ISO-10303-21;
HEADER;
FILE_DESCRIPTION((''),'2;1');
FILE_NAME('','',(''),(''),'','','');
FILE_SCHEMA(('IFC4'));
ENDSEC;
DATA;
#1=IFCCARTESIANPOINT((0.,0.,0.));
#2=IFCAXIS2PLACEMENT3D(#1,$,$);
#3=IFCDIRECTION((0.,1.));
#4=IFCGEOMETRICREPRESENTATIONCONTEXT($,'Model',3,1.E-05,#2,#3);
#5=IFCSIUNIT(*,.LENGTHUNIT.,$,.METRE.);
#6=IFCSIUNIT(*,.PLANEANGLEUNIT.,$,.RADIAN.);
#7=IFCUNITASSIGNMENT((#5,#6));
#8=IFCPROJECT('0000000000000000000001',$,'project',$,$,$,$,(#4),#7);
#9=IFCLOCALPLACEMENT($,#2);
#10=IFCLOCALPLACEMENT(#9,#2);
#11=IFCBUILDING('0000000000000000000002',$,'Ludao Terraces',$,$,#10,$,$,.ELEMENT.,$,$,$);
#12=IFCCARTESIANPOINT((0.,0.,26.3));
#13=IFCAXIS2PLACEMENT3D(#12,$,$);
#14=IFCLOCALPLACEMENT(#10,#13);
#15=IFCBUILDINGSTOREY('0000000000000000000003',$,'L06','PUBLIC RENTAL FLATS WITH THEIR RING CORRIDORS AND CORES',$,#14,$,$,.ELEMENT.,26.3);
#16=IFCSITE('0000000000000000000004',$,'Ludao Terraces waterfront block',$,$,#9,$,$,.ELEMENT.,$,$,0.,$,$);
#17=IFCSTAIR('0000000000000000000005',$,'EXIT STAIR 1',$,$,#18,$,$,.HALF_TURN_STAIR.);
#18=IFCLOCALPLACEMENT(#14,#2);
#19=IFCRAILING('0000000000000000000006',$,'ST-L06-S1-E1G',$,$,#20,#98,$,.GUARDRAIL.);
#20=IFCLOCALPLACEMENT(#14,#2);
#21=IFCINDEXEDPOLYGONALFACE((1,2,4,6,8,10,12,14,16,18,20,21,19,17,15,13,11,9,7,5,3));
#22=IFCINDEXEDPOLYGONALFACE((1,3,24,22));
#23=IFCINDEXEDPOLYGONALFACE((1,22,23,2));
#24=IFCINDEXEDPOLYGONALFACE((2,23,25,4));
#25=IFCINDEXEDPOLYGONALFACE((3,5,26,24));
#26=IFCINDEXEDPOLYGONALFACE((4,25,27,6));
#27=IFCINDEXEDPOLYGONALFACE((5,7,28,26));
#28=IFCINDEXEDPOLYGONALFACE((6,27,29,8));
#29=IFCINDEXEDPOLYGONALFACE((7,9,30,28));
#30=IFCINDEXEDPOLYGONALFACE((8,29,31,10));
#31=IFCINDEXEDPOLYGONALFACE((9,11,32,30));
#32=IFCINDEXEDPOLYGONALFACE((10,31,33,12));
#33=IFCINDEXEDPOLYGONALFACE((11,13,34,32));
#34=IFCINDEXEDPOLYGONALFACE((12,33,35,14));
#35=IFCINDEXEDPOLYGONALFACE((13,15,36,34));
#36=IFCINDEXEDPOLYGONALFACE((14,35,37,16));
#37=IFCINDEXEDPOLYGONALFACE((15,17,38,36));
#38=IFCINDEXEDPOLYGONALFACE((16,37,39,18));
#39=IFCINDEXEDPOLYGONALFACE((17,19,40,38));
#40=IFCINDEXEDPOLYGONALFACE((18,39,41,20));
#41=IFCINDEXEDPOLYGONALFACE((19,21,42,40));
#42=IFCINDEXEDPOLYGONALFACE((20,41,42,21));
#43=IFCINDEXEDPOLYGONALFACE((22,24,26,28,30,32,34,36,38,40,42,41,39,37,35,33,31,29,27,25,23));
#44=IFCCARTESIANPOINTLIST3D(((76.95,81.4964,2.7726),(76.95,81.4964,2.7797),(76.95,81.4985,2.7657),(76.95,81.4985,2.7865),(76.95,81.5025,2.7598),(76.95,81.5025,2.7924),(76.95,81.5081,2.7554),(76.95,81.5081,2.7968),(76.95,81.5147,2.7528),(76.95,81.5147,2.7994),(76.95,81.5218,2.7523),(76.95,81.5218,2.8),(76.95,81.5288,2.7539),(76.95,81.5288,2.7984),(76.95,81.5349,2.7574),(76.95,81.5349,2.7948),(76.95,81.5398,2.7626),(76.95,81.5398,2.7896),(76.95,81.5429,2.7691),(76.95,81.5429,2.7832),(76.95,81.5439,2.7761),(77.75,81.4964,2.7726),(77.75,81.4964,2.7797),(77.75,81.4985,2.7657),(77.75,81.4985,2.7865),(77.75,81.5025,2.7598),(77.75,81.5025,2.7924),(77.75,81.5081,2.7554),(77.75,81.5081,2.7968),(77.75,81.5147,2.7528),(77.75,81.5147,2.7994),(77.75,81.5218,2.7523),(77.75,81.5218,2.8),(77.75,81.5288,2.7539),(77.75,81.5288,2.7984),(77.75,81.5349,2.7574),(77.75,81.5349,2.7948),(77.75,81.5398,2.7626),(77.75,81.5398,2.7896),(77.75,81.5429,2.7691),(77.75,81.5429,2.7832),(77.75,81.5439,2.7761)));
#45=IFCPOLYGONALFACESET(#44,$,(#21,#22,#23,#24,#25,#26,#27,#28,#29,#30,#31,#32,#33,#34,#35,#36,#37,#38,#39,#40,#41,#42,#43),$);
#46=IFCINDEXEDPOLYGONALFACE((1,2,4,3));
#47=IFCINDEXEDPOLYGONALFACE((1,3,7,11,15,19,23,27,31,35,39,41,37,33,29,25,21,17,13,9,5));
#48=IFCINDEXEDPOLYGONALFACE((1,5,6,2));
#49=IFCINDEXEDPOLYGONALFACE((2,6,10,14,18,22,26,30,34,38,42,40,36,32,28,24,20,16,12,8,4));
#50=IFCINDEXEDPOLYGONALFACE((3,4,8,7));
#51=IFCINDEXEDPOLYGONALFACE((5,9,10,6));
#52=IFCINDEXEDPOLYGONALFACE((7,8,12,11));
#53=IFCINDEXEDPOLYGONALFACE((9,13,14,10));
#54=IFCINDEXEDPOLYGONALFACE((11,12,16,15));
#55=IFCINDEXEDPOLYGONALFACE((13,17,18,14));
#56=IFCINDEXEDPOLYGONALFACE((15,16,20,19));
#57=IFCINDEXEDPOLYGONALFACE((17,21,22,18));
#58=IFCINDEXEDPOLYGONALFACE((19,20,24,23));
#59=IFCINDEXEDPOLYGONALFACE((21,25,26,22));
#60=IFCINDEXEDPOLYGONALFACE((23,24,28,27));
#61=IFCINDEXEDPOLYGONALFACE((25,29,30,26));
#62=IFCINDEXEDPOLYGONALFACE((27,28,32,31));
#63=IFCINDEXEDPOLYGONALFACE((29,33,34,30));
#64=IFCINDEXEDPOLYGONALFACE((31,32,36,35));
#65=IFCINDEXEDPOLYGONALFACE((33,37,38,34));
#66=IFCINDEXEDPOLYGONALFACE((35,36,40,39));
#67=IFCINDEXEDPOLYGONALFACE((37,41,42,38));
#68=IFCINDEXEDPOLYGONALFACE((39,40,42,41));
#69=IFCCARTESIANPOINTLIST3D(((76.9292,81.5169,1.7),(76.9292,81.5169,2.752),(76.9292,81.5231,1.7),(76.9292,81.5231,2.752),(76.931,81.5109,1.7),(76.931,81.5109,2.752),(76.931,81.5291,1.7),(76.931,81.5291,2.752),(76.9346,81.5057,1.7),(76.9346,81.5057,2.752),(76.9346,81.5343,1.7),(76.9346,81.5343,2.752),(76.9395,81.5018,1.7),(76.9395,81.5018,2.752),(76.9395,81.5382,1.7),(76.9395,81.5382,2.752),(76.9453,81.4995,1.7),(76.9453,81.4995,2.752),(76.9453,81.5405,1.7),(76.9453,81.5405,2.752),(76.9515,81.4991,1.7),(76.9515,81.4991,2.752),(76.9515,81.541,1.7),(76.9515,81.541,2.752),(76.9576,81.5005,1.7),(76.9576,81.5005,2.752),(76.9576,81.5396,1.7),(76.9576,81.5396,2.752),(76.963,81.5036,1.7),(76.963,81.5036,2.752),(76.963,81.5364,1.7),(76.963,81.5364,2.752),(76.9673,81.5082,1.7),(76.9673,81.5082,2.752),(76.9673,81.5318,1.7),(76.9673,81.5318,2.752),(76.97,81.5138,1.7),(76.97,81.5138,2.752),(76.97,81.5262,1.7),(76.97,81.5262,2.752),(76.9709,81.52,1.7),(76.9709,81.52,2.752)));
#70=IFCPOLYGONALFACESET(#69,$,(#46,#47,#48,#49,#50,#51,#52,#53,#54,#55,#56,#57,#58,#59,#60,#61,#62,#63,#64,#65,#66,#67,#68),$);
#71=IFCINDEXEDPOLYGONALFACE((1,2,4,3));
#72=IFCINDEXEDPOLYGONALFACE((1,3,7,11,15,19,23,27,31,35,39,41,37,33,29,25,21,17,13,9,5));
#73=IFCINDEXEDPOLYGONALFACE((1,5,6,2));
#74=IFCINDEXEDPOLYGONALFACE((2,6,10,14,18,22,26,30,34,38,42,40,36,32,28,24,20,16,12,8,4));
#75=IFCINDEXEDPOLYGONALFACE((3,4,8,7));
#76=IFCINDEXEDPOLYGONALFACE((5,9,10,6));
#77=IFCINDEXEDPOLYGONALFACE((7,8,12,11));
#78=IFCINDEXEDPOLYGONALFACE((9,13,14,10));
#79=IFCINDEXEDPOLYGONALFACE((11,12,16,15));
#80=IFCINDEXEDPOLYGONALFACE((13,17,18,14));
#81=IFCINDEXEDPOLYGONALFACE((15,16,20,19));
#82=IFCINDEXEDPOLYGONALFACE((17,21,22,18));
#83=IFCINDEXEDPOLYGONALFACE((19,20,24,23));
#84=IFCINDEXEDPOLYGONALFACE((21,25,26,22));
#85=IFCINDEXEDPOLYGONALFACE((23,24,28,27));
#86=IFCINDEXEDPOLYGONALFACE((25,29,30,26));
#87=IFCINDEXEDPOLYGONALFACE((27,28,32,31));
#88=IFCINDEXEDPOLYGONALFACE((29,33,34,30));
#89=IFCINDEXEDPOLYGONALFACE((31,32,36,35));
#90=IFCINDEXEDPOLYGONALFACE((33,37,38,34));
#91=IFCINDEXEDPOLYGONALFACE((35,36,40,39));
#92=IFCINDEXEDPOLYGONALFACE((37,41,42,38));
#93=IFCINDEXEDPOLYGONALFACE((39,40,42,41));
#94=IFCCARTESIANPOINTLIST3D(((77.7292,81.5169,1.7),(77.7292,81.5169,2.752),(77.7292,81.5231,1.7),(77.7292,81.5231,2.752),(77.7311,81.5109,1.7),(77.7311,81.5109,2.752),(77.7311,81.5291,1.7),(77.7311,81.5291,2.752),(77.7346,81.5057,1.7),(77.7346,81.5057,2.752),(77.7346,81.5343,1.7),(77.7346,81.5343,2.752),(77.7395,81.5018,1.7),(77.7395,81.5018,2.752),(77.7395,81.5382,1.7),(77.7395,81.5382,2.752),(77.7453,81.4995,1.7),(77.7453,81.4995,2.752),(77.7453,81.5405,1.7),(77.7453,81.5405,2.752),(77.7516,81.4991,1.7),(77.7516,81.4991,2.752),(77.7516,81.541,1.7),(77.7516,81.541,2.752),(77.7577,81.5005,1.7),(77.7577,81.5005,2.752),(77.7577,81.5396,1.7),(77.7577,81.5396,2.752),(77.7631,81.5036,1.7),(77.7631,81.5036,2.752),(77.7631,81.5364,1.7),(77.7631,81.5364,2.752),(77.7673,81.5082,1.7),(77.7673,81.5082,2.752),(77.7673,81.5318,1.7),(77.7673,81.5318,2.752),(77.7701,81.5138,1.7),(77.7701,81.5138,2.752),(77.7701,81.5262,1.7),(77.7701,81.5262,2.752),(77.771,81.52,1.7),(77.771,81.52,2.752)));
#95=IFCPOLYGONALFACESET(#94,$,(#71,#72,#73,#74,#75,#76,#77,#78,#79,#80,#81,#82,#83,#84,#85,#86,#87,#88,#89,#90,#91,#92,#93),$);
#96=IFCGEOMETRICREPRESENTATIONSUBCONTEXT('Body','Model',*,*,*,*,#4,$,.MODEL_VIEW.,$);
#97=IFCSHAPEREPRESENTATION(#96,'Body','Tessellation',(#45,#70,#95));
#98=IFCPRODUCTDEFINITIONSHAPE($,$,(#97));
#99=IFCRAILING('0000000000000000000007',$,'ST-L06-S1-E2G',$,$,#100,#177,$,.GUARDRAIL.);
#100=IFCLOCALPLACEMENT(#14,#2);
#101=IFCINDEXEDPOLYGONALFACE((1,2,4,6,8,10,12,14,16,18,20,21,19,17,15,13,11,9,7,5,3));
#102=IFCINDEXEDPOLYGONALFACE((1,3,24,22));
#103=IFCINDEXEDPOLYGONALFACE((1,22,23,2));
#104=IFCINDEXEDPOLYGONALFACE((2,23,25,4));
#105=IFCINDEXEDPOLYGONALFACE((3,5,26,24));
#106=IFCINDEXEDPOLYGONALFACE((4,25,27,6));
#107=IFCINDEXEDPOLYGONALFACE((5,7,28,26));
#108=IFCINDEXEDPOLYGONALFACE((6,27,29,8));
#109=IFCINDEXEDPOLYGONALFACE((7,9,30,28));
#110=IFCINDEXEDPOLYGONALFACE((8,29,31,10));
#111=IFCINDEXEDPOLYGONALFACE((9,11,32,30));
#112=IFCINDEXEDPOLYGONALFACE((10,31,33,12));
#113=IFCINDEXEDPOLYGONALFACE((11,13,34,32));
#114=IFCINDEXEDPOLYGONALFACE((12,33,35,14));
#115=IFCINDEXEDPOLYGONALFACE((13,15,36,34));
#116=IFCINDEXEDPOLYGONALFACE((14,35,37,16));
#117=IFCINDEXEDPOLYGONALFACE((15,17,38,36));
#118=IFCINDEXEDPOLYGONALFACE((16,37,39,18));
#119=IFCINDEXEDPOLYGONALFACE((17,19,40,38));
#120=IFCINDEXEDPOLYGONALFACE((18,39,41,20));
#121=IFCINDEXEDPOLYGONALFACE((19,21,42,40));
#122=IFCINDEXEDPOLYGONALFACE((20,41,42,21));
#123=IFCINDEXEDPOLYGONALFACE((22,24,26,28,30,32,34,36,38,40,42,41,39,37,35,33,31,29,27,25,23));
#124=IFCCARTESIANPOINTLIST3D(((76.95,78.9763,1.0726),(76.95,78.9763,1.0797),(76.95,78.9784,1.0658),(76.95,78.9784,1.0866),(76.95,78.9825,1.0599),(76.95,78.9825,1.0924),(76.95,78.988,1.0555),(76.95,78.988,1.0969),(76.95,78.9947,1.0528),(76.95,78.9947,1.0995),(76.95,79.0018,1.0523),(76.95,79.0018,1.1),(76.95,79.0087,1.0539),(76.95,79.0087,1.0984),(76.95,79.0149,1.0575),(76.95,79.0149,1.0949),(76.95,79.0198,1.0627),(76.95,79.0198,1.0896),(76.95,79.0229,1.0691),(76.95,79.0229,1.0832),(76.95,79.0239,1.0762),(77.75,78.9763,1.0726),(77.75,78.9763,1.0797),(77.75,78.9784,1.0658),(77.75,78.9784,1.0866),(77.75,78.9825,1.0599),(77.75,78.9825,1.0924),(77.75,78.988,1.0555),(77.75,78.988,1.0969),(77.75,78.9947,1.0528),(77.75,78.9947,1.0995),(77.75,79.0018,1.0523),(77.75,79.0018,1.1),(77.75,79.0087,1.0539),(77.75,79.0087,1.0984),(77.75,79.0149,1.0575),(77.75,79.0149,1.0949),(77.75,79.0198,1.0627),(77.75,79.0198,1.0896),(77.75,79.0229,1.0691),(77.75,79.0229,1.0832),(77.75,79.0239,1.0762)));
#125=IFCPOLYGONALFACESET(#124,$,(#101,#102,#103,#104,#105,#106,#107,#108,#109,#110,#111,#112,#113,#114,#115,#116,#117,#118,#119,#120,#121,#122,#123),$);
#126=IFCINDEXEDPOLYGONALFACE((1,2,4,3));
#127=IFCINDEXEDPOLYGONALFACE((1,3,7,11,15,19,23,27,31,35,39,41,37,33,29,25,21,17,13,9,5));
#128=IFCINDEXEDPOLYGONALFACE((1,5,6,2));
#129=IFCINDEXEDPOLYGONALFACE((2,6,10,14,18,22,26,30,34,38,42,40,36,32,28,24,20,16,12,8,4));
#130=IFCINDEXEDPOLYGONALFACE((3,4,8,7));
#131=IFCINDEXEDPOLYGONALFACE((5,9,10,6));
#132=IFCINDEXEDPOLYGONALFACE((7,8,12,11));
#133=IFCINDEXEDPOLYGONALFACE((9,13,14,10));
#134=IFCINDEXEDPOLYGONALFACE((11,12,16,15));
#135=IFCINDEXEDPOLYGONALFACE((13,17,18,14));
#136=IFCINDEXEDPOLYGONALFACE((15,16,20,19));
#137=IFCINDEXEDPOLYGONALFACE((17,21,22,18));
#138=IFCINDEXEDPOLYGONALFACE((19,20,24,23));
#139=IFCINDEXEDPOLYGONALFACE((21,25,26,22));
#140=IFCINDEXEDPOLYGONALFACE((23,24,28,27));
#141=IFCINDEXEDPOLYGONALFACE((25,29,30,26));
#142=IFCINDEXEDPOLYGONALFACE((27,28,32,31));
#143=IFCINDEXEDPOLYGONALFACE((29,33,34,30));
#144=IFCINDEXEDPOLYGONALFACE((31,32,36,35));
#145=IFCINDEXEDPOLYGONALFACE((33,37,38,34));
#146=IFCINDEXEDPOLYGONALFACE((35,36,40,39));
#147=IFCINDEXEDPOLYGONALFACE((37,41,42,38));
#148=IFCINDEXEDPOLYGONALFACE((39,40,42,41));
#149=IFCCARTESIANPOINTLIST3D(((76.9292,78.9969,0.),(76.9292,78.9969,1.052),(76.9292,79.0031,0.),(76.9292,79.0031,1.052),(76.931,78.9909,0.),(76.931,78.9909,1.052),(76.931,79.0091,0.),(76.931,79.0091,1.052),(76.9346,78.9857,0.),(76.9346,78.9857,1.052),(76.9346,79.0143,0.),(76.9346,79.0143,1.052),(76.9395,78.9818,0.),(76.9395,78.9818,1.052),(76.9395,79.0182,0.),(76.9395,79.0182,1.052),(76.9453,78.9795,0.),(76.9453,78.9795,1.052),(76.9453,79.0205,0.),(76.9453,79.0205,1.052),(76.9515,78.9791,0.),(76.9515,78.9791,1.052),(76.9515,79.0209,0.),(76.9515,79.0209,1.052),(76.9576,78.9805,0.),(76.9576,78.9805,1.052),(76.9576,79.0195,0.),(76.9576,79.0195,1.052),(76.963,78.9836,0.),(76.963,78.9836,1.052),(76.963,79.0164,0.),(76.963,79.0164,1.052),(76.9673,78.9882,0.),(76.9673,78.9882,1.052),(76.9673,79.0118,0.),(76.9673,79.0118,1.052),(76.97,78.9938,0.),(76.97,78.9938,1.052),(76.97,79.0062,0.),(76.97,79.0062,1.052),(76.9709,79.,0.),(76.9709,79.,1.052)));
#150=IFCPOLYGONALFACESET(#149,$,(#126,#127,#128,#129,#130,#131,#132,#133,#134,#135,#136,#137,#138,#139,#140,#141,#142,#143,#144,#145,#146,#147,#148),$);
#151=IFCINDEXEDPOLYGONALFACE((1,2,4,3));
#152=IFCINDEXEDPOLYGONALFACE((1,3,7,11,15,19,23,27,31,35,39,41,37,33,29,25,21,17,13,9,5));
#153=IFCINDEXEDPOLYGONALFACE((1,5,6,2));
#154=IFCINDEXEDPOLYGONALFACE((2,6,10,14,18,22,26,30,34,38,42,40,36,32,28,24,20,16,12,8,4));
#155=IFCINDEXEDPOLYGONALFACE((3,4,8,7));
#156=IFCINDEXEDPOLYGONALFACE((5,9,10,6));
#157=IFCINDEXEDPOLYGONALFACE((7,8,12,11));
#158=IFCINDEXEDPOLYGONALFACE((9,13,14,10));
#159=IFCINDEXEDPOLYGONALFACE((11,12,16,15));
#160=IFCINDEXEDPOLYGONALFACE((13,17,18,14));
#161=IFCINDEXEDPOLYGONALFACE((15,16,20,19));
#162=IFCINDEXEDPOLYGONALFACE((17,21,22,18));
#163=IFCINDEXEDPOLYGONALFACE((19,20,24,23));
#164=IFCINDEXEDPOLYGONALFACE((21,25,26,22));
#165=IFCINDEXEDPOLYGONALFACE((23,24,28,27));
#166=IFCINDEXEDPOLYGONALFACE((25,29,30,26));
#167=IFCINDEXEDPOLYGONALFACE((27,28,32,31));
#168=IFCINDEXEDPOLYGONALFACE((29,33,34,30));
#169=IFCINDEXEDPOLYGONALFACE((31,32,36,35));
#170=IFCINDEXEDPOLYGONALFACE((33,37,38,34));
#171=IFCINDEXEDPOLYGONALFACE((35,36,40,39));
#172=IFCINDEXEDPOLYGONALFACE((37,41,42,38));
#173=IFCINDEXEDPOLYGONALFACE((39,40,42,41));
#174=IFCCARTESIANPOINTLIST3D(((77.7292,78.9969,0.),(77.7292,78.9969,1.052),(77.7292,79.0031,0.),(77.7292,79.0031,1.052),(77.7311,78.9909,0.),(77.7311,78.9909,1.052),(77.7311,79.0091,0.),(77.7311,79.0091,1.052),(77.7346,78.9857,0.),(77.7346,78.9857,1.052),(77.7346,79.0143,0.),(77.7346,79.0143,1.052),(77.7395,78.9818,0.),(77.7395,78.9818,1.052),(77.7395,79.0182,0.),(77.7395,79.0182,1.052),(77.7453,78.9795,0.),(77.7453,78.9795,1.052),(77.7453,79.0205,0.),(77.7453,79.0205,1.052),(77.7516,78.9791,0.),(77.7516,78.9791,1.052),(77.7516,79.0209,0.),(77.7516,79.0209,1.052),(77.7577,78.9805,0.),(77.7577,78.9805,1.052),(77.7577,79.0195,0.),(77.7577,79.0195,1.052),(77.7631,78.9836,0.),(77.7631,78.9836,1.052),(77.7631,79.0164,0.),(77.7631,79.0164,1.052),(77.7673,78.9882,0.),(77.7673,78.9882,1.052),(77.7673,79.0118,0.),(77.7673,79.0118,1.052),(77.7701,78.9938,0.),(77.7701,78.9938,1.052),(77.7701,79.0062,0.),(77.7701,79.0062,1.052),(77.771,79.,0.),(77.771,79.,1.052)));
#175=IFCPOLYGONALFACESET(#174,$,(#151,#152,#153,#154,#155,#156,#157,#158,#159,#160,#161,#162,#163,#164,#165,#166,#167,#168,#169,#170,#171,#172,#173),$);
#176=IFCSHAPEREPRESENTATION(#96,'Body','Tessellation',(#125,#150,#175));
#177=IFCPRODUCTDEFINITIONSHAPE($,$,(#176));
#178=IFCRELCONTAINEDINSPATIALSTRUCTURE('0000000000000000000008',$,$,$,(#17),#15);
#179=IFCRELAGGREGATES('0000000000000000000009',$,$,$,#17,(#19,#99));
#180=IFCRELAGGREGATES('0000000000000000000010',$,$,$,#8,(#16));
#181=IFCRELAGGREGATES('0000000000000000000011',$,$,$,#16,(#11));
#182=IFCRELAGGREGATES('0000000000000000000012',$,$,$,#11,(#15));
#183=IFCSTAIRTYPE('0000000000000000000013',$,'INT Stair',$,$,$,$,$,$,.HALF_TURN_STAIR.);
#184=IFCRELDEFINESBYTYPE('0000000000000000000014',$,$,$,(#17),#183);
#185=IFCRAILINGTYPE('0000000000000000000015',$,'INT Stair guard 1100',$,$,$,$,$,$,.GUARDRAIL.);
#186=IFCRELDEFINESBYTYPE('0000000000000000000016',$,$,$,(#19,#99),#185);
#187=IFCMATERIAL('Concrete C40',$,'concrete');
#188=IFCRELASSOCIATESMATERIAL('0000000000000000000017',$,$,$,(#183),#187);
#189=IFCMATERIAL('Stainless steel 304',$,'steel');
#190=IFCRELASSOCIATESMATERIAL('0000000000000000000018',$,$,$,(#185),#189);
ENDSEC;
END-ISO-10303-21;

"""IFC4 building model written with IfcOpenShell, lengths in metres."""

from ifc_helpers import new_model, si_unit, direction, frame, origin, origin_2d, place, context, subcontext, project, spatial, circle, extrude, material, type_object, element, aggregate, save


model = new_model("IFC4")

# Units and contexts
model_context = context("Model", 3, precision=1e-05, world=origin(), true_north=direction((0.0, 1.0)))
body_context = subcontext(model_context, "Body", "Model", "MODEL_VIEW")
ifc_project = project(units=[si_unit("LENGTHUNIT", "METRE"), si_unit("PLANEANGLEUNIT", "RADIAN")], contexts=[model_context])

# Site, building, storey
site_placement = place(None, origin())
site = spatial("IfcSite", under=ifc_project, at=site_placement, Name="Ludao Terraces waterfront block", CompositionType="ELEMENT", RefElevation=0.0)
building_placement = place(site_placement, origin())
building = spatial("IfcBuilding", under=site, at=building_placement, Name="Ludao Terraces", CompositionType="ELEMENT")
storey_placement = place(building_placement, frame((0.0, 0.0, 26.3)))
storey = spatial("IfcBuildingStorey", under=building, at=storey_placement, Name="L06", Description="PUBLIC RENTAL FLATS WITH THEIR RING CORRIDORS AND CORES", CompositionType="ELEMENT", Elevation=26.3)

# Stair, railings
ifc_material_1 = material(Name="Concrete C40", Category="concrete")
stair_type = type_object("IfcStairType", Name="INT Stair", PredefinedType="HALF_TURN_STAIR", material=ifc_material_1)
stair_placement = place(storey_placement, origin())
stair = element("IfcStair", 1, at=stair_placement, inside=storey, type_object=stair_type, Name="EXIT STAIR 1", PredefinedType="HALF_TURN_STAIR")
ifc_material_2 = material(Name="Stainless steel 304", Category="steel")
railing_type_1 = type_object("IfcRailingType", Name="INT Stair guard 1100", PredefinedType="GUARDRAIL", material=ifc_material_2)
railing_1_placement = place(storey_placement, frame((76.95, 81.52, 1.7)))
railing_1 = element("IfcRailing", 2, at=railing_1_placement, type_object=railing_type_1, Name="ST-L06-S1-E1G", PredefinedType="GUARDRAIL", context=body_context, shape_type="SweptSolid", body=[
    extrude(circle(Radius=0.0239, at=origin_2d()), frame((0.0, 0.0, 1.0762), z_axis=(1.0, 0.0, 0.0), x_axis=(0.0, 1.0, 0.0)), (0.0, 0.0, 1.0), 0.8),
    extrude(circle(Radius=0.021, at=origin_2d()), origin(), (0.0, 0.0, 1.0), 1.052),
    extrude(circle(Radius=0.021, at=origin_2d()), frame((0.8, 0.0, 0.0)), (0.0, 0.0, 1.0), 1.052),
])
railing_2_placement = place(storey_placement, frame((76.95, 79.0, 0.0)))
railing_2 = element("IfcRailing", 3, at=railing_2_placement, type_object=railing_type_1, Name="ST-L06-S1-E2G", PredefinedType="GUARDRAIL", context=body_context, shape_type="SweptSolid", body=[
    extrude(circle(Radius=0.0239, at=origin_2d()), frame((0.0, 0.0, 1.0762), z_axis=(1.0, 0.0, 0.0), x_axis=(0.0, 1.0, 0.0)), (0.0, 0.0, 1.0), 0.8),
    extrude(circle(Radius=0.021, at=origin_2d()), origin(), (0.0, 0.0, 1.0), 1.052),
    extrude(circle(Radius=0.021, at=origin_2d()), frame((0.8, 0.0, 0.0)), (0.0, 0.0, 1.0), 1.052),
])
aggregate(stair, [railing_1, railing_2])

save(model, "model.ifc")
